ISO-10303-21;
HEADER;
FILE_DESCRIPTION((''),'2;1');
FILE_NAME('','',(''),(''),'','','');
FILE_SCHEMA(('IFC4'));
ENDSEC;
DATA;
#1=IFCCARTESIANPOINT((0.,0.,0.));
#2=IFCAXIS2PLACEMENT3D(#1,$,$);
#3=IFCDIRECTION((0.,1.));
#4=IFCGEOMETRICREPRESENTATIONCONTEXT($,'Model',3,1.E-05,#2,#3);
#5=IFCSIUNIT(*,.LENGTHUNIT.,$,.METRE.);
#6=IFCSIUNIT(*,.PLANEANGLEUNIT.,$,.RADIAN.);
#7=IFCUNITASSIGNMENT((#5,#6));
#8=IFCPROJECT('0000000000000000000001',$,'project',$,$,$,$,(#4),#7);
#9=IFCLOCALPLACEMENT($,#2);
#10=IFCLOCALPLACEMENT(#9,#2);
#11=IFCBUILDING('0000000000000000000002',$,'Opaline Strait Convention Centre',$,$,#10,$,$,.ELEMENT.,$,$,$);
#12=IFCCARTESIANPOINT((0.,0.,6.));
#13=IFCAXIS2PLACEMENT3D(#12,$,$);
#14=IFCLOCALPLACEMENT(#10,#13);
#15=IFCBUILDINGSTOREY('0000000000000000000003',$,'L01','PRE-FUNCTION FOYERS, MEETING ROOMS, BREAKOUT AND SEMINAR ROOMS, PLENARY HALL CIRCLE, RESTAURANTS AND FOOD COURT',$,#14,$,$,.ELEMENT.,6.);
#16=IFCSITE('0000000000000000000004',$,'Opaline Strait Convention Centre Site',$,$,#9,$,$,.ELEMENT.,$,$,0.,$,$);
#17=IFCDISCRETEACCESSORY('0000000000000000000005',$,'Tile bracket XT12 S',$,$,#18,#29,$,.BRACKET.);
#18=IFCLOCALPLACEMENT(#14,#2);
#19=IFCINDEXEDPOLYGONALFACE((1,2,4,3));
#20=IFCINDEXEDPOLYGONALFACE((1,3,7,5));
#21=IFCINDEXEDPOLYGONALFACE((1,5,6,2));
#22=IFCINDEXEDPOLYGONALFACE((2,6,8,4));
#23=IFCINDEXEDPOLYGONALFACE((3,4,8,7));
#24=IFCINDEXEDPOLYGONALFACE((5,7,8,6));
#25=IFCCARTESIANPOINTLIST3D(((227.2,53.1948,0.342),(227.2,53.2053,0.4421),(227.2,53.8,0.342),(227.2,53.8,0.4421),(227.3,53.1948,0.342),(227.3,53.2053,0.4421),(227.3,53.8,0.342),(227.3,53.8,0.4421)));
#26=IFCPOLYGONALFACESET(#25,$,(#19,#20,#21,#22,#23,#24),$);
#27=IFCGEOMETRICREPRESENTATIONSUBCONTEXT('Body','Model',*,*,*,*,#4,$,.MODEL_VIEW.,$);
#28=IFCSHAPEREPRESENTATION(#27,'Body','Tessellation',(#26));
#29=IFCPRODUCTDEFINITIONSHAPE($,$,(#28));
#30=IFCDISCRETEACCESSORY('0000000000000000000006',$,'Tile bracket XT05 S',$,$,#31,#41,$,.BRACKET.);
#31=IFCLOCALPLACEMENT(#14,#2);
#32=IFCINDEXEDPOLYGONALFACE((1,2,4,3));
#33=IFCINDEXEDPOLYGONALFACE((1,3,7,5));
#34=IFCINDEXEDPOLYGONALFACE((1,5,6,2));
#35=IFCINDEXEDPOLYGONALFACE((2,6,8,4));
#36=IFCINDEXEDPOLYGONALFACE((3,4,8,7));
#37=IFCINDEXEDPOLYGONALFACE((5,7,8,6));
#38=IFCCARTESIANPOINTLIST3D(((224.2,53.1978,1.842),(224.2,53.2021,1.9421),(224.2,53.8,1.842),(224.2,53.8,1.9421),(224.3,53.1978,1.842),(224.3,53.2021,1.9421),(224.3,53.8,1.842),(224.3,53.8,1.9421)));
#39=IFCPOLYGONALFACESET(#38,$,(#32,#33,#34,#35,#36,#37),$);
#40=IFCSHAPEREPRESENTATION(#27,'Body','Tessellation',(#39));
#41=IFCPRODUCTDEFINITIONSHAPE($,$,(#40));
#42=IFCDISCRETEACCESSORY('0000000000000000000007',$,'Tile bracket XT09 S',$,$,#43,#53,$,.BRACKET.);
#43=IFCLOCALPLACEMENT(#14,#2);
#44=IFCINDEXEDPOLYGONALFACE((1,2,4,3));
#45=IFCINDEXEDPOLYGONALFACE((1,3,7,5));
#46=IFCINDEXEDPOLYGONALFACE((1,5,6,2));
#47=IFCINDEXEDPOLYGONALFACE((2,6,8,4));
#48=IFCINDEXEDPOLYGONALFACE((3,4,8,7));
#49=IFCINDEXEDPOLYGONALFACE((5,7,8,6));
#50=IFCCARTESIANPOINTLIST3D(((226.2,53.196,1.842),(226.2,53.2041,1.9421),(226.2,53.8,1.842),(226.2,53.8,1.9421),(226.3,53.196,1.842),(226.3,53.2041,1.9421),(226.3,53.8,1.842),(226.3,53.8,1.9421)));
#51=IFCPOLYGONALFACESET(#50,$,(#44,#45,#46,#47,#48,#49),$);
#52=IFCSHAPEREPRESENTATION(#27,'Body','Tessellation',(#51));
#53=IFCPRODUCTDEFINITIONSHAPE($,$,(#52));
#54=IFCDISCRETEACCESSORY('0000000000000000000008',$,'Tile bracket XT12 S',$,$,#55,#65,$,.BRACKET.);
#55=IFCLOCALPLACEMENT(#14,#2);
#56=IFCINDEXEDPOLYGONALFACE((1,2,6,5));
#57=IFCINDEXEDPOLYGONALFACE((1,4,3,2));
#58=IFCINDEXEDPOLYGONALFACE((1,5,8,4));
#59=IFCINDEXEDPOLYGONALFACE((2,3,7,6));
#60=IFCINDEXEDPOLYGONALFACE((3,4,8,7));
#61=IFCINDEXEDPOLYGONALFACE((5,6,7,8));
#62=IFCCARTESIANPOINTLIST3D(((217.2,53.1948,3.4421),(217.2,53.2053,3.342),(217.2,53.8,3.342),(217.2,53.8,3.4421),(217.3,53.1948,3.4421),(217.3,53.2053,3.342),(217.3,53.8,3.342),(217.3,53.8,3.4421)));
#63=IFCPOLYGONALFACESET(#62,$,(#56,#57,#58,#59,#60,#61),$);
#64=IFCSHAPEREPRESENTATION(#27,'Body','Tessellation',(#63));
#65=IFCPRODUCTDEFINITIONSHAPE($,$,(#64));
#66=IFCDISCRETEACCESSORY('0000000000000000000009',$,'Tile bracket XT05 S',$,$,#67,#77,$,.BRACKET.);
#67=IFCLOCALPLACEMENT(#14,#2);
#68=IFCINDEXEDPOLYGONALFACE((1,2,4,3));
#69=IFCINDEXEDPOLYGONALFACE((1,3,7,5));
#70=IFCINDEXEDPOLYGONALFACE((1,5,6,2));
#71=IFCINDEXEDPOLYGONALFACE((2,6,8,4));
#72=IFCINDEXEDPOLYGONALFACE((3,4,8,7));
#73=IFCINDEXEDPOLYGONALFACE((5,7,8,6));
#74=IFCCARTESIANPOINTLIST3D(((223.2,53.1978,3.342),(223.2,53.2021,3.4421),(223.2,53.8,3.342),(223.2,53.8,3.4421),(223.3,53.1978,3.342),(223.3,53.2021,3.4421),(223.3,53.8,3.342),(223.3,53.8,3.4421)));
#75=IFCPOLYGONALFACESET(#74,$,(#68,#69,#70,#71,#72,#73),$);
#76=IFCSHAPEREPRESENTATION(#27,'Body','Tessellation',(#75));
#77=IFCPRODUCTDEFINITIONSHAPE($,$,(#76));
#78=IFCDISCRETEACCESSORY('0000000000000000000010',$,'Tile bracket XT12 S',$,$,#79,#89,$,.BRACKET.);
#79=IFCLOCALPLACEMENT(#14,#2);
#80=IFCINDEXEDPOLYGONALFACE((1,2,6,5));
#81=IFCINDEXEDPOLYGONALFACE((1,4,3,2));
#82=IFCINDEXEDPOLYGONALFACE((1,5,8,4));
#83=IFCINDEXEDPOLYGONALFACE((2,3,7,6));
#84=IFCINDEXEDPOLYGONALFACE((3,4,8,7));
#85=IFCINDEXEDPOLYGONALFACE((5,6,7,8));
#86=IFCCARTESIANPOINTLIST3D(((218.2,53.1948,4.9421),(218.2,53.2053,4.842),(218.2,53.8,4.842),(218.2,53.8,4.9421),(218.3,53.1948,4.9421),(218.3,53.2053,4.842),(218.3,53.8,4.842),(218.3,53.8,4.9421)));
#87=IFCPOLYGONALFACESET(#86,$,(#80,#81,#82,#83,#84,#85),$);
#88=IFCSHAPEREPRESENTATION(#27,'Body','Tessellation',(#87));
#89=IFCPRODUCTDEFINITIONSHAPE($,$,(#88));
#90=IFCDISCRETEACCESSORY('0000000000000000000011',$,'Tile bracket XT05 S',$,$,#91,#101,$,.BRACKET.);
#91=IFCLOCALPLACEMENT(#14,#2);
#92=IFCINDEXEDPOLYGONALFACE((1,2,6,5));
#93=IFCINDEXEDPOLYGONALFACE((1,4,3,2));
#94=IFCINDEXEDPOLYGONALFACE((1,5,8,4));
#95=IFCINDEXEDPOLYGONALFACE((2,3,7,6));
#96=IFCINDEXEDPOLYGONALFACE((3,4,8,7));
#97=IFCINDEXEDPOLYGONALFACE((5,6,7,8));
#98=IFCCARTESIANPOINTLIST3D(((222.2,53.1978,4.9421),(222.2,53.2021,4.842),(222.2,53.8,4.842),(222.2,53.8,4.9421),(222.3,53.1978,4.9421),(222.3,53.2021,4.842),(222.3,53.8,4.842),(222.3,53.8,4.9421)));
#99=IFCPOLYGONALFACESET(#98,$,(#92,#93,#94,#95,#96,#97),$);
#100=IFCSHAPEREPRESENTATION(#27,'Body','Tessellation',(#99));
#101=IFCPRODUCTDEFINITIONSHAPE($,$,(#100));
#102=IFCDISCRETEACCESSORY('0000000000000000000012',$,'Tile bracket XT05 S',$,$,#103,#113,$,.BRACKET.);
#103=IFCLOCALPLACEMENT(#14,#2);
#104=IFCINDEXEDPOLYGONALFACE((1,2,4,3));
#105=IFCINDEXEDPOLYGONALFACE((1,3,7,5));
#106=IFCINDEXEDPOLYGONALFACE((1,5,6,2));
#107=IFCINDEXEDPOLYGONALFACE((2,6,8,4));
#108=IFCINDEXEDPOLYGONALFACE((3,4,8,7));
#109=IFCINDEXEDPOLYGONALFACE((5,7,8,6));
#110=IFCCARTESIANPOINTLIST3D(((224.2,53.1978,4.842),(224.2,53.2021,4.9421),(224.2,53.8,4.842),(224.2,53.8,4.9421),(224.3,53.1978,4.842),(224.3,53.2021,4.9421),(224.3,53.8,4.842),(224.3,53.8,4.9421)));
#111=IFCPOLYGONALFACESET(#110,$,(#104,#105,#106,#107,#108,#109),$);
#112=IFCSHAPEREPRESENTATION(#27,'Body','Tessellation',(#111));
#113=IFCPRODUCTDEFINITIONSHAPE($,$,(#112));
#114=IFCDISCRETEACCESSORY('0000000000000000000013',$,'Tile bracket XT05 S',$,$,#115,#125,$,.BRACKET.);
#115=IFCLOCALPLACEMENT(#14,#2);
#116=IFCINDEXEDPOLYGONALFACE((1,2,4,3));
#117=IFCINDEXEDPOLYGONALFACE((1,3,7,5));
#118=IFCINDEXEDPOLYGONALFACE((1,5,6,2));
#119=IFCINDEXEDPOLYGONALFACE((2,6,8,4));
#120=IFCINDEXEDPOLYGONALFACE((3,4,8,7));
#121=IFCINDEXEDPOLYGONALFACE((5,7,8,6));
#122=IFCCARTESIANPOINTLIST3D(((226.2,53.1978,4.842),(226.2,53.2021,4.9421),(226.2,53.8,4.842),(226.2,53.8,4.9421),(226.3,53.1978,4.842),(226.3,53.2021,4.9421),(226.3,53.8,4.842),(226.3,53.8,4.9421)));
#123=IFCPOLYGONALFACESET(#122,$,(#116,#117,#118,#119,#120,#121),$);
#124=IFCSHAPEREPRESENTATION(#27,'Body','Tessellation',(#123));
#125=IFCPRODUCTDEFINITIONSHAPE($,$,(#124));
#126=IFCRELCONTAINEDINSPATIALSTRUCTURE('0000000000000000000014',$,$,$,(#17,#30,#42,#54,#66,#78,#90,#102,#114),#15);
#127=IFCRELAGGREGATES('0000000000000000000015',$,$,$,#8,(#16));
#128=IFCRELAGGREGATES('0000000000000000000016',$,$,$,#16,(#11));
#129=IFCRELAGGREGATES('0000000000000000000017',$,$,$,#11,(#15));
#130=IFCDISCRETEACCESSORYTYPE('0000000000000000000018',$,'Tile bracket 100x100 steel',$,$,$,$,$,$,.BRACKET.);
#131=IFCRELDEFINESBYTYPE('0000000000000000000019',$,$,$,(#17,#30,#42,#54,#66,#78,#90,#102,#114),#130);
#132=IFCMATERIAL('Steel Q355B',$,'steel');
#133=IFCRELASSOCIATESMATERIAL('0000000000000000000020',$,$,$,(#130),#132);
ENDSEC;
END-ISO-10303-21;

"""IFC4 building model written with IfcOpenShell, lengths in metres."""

from ifc_helpers import new_model, si_unit, direction, frame, origin, place, context, subcontext, project, spatial, polyline, outline, extrude, material, type_object, element, save


model = new_model("IFC4")

# Units and contexts
model_context = context("Model", 3, precision=1e-05, world=origin(), true_north=direction((0.0, 1.0)))
body_context = subcontext(model_context, "Body", "Model", "MODEL_VIEW")
ifc_project = project(units=[si_unit("LENGTHUNIT", "METRE"), si_unit("PLANEANGLEUNIT", "RADIAN")], contexts=[model_context])

# Site, building, storey
site_placement = place(None, origin())
site = spatial("IfcSite", under=ifc_project, at=site_placement, Name="Opaline Strait Convention Centre Site", CompositionType="ELEMENT", RefElevation=0.0)
building_placement = place(site_placement, origin())
building = spatial("IfcBuilding", under=site, at=building_placement, Name="Opaline Strait Convention Centre", CompositionType="ELEMENT")
storey_placement = place(building_placement, frame((0.0, 0.0, 6.0)))
storey = spatial("IfcBuildingStorey", under=building, at=storey_placement, Name="L01", Description="PRE-FUNCTION FOYERS, MEETING ROOMS, BREAKOUT AND SEMINAR ROOMS, PLENARY HALL CIRCLE, RESTAURANTS AND FOOD COURT", CompositionType="ELEMENT", Elevation=6.0)

# Discrete accessories
ifc_material_1 = material(Name="Steel Q355B", Category="steel")
discrete_accessory_type = type_object("IfcDiscreteAccessoryType", Name="Tile bracket 100x100 steel", PredefinedType="BRACKET", material=ifc_material_1)
discrete_accessory_1_placement = place(storey_placement, frame((227.2, 53.8, 0.3921), z_axis=(1.0, 0.0, 0.0), x_axis=(0.0, 1.0, 0.0)))
element("IfcDiscreteAccessory", 1, at=discrete_accessory_1_placement, inside=storey, type_object=discrete_accessory_type, Name="Tile bracket XT12 S", PredefinedType="BRACKET", context=body_context, shape_type="SweptSolid", body=[
    extrude(outline(polyline([(0.0, -0.05), (0.0, 0.05), (-0.5947, 0.05), (-0.6052, -0.05), (0.0, -0.05)])), origin(), (0.0, 0.0, 1.0), 0.1001),
])
discrete_accessory_2_placement = place(storey_placement, frame((224.2, 53.8, 1.8921), z_axis=(1.0, 0.0, 0.0), x_axis=(0.0, 1.0, 0.0)))
element("IfcDiscreteAccessory", 2, at=discrete_accessory_2_placement, inside=storey, type_object=discrete_accessory_type, Name="Tile bracket XT05 S", PredefinedType="BRACKET", context=body_context, shape_type="SweptSolid", body=[
    extrude(outline(polyline([(0.0, -0.05), (0.0, 0.05), (-0.5979, 0.05), (-0.6023, -0.05), (0.0, -0.05)])), origin(), (0.0, 0.0, 1.0), 0.1001),
])
discrete_accessory_3_placement = place(storey_placement, frame((226.2, 53.8, 1.8921), z_axis=(1.0, 0.0, 0.0), x_axis=(0.0, 1.0, 0.0)))
element("IfcDiscreteAccessory", 3, at=discrete_accessory_3_placement, inside=storey, type_object=discrete_accessory_type, Name="Tile bracket XT09 S", PredefinedType="BRACKET", context=body_context, shape_type="SweptSolid", body=[
    extrude(outline(polyline([(0.0, -0.05), (0.0, 0.05), (-0.5959, 0.05), (-0.604, -0.05), (0.0, -0.05)])), origin(), (0.0, 0.0, 1.0), 0.1001),
])
discrete_accessory_4_placement = place(storey_placement, frame((217.2, 53.8, 3.3921), z_axis=(1.0, 0.0, 0.0), x_axis=(0.0, 1.0, 0.0)))
element("IfcDiscreteAccessory", 4, at=discrete_accessory_4_placement, inside=storey, type_object=discrete_accessory_type, Name="Tile bracket XT12 S", PredefinedType="BRACKET", context=body_context, shape_type="SweptSolid", body=[
    extrude(outline(polyline([(0.0, -0.05), (0.0, 0.05), (-0.6052, 0.05), (-0.5947, -0.05), (0.0, -0.05)])), origin(), (0.0, 0.0, 1.0), 0.1001),
])
discrete_accessory_5_placement = place(storey_placement, frame((223.2, 53.8, 3.3921), z_axis=(1.0, 0.0, 0.0), x_axis=(0.0, 1.0, 0.0)))
element("IfcDiscreteAccessory", 5, at=discrete_accessory_5_placement, inside=storey, type_object=discrete_accessory_type, Name="Tile bracket XT05 S", PredefinedType="BRACKET", context=body_context, shape_type="SweptSolid", body=[
    extrude(outline(polyline([(0.0, -0.05), (0.0, 0.05), (-0.5979, 0.05), (-0.6023, -0.05), (0.0, -0.05)])), origin(), (0.0, 0.0, 1.0), 0.1001),
])
discrete_accessory_6_placement = place(storey_placement, frame((218.2, 53.8, 4.8921), z_axis=(1.0, 0.0, 0.0), x_axis=(0.0, 1.0, 0.0)))
element("IfcDiscreteAccessory", 6, at=discrete_accessory_6_placement, inside=storey, type_object=discrete_accessory_type, Name="Tile bracket XT12 S", PredefinedType="BRACKET", context=body_context, shape_type="SweptSolid", body=[
    extrude(outline(polyline([(0.0, -0.05), (0.0, 0.05), (-0.6052, 0.05), (-0.5947, -0.05), (0.0, -0.05)])), origin(), (0.0, 0.0, 1.0), 0.1001),
])
discrete_accessory_7_placement = place(storey_placement, frame((222.2, 53.8, 4.8921), z_axis=(1.0, 0.0, 0.0), x_axis=(0.0, 1.0, 0.0)))
element("IfcDiscreteAccessory", 7, at=discrete_accessory_7_placement, inside=storey, type_object=discrete_accessory_type, Name="Tile bracket XT05 S", PredefinedType="BRACKET", context=body_context, shape_type="SweptSolid", body=[
    extrude(outline(polyline([(0.0, -0.05), (0.0, 0.05), (-0.6023, 0.05), (-0.5979, -0.05), (0.0, -0.05)])), origin(), (0.0, 0.0, 1.0), 0.1001),
])
for number, where, z_axis, x_axis, name in (
    (8, (224.2, 53.8, 4.8921), (1.0, 0.0, 0.0), (0.0, 1.0, 0.0), "Tile bracket XT05 S"),
    (9, (226.2, 53.8, 4.8921), (1.0, 0.0, 0.0), (0.0, 1.0, 0.0), "Tile bracket XT05 S"),
):
    element("IfcDiscreteAccessory", number, at=place(storey_placement, frame(where, z_axis=z_axis, x_axis=x_axis)), inside=storey, type_object=discrete_accessory_type, Name=name, PredefinedType="BRACKET", context=body_context, shape_type="SweptSolid", body=[
        extrude(outline(polyline([(0.0, -0.05), (0.0, 0.05), (-0.5979, 0.05), (-0.6023, -0.05), (0.0, -0.05)])), origin(), (0.0, 0.0, 1.0), 0.1001),
    ])

save(model, "model.ifc")
